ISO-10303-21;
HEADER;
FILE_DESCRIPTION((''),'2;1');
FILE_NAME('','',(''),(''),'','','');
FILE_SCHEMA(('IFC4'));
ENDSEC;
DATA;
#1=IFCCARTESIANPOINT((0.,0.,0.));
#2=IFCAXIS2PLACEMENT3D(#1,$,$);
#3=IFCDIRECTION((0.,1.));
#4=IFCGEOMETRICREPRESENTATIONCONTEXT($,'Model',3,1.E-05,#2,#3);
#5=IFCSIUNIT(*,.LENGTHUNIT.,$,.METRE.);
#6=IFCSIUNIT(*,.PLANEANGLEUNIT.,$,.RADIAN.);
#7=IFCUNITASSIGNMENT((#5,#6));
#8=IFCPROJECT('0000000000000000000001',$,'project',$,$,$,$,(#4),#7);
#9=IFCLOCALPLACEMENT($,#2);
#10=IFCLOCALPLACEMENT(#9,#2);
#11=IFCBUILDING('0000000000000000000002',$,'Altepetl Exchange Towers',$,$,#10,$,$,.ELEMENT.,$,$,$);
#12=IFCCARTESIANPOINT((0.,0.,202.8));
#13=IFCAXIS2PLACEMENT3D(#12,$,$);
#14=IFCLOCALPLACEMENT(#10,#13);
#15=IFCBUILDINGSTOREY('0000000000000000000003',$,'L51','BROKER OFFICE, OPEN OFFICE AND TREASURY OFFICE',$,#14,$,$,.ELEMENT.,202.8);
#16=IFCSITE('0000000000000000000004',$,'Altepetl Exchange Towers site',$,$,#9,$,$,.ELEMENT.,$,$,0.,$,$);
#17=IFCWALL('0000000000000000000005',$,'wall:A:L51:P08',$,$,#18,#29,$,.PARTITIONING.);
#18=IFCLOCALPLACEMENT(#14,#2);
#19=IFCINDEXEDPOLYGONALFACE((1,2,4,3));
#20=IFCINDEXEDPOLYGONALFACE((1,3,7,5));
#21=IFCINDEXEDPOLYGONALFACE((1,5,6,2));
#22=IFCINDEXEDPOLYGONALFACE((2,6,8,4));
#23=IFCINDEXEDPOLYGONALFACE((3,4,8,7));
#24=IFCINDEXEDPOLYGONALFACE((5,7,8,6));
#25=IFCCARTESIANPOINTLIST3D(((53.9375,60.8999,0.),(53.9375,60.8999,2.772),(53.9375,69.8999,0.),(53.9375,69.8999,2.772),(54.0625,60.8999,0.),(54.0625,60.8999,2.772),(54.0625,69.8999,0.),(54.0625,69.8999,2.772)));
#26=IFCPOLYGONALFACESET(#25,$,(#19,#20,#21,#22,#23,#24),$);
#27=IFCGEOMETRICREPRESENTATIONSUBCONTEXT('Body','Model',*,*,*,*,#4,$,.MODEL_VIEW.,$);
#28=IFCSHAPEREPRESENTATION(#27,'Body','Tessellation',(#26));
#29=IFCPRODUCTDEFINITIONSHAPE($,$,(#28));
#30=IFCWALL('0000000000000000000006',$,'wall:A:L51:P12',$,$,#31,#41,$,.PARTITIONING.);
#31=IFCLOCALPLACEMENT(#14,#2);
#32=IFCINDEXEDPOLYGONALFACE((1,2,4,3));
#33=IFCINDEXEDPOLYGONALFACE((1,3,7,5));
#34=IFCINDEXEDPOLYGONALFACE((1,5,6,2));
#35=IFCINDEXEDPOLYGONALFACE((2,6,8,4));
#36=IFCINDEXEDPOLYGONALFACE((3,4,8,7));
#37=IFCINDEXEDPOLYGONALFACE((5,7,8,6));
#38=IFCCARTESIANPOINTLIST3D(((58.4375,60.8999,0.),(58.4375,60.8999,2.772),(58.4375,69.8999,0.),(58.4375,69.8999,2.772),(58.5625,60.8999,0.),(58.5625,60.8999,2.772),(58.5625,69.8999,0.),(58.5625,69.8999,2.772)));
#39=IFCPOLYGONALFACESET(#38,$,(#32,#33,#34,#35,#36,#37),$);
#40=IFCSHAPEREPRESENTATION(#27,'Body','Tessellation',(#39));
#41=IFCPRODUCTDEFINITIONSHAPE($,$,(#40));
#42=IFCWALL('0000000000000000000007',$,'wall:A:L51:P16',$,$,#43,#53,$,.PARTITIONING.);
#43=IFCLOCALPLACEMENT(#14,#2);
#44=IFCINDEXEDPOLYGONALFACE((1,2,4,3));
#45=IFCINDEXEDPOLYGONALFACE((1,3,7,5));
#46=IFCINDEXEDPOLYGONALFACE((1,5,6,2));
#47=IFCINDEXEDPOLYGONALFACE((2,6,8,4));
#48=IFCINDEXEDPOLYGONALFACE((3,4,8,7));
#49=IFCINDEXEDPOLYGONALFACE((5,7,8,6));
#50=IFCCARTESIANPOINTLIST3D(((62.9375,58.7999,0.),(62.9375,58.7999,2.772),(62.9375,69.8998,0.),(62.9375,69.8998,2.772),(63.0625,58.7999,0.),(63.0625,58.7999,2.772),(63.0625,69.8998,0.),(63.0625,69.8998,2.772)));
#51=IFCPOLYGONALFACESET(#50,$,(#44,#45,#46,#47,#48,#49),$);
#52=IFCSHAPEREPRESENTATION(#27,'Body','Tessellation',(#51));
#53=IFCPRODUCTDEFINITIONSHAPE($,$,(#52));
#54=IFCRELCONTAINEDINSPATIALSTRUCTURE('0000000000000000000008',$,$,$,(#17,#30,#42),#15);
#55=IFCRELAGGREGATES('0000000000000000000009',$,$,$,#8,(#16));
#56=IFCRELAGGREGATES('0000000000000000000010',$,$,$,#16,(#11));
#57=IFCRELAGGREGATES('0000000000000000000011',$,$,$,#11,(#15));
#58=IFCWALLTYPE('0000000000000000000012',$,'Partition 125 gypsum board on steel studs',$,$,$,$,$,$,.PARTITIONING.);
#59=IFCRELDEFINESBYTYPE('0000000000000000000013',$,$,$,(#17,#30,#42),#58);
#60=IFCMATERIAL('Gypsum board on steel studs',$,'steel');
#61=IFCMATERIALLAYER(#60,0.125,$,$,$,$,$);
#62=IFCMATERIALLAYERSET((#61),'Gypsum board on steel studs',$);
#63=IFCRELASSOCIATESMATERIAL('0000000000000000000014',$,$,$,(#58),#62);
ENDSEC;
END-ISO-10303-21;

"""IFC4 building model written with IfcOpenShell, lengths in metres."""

from ifc_helpers import new_model, si_unit, direction, frame, frame_2d, origin, place, context, subcontext, project, spatial, rectangle, extrude, material, layer, layer_set, type_object, element, save


model = new_model("IFC4")

# Units and contexts
model_context = context("Model", 3, precision=1e-05, world=origin(), true_north=direction((0.0, 1.0)))
body_context = subcontext(model_context, "Body", "Model", "MODEL_VIEW")
ifc_project = project(units=[si_unit("LENGTHUNIT", "METRE"), si_unit("PLANEANGLEUNIT", "RADIAN")], contexts=[model_context])

# Site, building, storey
site_placement = place(None, origin())
site = spatial("IfcSite", under=ifc_project, at=site_placement, Name="Altepetl Exchange Towers site", CompositionType="ELEMENT", RefElevation=0.0)
building_placement = place(site_placement, origin())
building = spatial("IfcBuilding", under=site, at=building_placement, Name="Altepetl Exchange Towers", CompositionType="ELEMENT")
storey_placement = place(building_placement, frame((0.0, 0.0, 202.8)))
storey = spatial("IfcBuildingStorey", under=building, at=storey_placement, Name="L51", Description="BROKER OFFICE, OPEN OFFICE AND TREASURY OFFICE", CompositionType="ELEMENT", Elevation=202.8)

# Walls
ifc_material_1 = material(Name="Gypsum board on steel studs", Category="steel")
ifc_layer_1 = layer(ifc_material_1, 0.125)
ifc_layer_set_1 = layer_set([ifc_layer_1], Name="Gypsum board on steel studs")
wall_type = type_object("IfcWallType", Name="Partition 125 gypsum board on steel studs", PredefinedType="PARTITIONING", material=ifc_layer_set_1)
for number, where, z_axis, x_axis, name in (
    (1, (54.0, 60.8999, 0.0), (0.0, 0.0, 1.0), (0.0, 1.0, 0.0), "wall:A:L51:P08"),
    (2, (58.5, 60.8999, 0.0), (0.0, 0.0, 1.0), (0.0, 1.0, 0.0), "wall:A:L51:P12"),
):
    element("IfcWall", number, at=place(storey_placement, frame(where, z_axis=z_axis, x_axis=x_axis)), inside=storey, type_object=wall_type, Name=name, PredefinedType="PARTITIONING", context=body_context, shape_type="SweptSolid", body=[
        extrude(rectangle(XDim=9.0, YDim=0.125, at=frame_2d((4.5, 0.0))), origin(), (0.0, 0.0, 1.0), 2.772),
    ])
wall_placement = place(storey_placement, frame((63.0, 58.8, 0.0), z_axis=(0.0, 0.0, 1.0), x_axis=(0.0, 1.0, 0.0)))
element("IfcWall", 3, at=wall_placement, inside=storey, type_object=wall_type, Name="wall:A:L51:P16", PredefinedType="PARTITIONING", context=body_context, shape_type="SweptSolid", body=[
    extrude(rectangle(XDim=11.0999, YDim=0.125, at=frame_2d((5.5498, 0.0))), origin(), (0.0, 0.0, 1.0), 2.772),
])

save(model, "model.ifc")
